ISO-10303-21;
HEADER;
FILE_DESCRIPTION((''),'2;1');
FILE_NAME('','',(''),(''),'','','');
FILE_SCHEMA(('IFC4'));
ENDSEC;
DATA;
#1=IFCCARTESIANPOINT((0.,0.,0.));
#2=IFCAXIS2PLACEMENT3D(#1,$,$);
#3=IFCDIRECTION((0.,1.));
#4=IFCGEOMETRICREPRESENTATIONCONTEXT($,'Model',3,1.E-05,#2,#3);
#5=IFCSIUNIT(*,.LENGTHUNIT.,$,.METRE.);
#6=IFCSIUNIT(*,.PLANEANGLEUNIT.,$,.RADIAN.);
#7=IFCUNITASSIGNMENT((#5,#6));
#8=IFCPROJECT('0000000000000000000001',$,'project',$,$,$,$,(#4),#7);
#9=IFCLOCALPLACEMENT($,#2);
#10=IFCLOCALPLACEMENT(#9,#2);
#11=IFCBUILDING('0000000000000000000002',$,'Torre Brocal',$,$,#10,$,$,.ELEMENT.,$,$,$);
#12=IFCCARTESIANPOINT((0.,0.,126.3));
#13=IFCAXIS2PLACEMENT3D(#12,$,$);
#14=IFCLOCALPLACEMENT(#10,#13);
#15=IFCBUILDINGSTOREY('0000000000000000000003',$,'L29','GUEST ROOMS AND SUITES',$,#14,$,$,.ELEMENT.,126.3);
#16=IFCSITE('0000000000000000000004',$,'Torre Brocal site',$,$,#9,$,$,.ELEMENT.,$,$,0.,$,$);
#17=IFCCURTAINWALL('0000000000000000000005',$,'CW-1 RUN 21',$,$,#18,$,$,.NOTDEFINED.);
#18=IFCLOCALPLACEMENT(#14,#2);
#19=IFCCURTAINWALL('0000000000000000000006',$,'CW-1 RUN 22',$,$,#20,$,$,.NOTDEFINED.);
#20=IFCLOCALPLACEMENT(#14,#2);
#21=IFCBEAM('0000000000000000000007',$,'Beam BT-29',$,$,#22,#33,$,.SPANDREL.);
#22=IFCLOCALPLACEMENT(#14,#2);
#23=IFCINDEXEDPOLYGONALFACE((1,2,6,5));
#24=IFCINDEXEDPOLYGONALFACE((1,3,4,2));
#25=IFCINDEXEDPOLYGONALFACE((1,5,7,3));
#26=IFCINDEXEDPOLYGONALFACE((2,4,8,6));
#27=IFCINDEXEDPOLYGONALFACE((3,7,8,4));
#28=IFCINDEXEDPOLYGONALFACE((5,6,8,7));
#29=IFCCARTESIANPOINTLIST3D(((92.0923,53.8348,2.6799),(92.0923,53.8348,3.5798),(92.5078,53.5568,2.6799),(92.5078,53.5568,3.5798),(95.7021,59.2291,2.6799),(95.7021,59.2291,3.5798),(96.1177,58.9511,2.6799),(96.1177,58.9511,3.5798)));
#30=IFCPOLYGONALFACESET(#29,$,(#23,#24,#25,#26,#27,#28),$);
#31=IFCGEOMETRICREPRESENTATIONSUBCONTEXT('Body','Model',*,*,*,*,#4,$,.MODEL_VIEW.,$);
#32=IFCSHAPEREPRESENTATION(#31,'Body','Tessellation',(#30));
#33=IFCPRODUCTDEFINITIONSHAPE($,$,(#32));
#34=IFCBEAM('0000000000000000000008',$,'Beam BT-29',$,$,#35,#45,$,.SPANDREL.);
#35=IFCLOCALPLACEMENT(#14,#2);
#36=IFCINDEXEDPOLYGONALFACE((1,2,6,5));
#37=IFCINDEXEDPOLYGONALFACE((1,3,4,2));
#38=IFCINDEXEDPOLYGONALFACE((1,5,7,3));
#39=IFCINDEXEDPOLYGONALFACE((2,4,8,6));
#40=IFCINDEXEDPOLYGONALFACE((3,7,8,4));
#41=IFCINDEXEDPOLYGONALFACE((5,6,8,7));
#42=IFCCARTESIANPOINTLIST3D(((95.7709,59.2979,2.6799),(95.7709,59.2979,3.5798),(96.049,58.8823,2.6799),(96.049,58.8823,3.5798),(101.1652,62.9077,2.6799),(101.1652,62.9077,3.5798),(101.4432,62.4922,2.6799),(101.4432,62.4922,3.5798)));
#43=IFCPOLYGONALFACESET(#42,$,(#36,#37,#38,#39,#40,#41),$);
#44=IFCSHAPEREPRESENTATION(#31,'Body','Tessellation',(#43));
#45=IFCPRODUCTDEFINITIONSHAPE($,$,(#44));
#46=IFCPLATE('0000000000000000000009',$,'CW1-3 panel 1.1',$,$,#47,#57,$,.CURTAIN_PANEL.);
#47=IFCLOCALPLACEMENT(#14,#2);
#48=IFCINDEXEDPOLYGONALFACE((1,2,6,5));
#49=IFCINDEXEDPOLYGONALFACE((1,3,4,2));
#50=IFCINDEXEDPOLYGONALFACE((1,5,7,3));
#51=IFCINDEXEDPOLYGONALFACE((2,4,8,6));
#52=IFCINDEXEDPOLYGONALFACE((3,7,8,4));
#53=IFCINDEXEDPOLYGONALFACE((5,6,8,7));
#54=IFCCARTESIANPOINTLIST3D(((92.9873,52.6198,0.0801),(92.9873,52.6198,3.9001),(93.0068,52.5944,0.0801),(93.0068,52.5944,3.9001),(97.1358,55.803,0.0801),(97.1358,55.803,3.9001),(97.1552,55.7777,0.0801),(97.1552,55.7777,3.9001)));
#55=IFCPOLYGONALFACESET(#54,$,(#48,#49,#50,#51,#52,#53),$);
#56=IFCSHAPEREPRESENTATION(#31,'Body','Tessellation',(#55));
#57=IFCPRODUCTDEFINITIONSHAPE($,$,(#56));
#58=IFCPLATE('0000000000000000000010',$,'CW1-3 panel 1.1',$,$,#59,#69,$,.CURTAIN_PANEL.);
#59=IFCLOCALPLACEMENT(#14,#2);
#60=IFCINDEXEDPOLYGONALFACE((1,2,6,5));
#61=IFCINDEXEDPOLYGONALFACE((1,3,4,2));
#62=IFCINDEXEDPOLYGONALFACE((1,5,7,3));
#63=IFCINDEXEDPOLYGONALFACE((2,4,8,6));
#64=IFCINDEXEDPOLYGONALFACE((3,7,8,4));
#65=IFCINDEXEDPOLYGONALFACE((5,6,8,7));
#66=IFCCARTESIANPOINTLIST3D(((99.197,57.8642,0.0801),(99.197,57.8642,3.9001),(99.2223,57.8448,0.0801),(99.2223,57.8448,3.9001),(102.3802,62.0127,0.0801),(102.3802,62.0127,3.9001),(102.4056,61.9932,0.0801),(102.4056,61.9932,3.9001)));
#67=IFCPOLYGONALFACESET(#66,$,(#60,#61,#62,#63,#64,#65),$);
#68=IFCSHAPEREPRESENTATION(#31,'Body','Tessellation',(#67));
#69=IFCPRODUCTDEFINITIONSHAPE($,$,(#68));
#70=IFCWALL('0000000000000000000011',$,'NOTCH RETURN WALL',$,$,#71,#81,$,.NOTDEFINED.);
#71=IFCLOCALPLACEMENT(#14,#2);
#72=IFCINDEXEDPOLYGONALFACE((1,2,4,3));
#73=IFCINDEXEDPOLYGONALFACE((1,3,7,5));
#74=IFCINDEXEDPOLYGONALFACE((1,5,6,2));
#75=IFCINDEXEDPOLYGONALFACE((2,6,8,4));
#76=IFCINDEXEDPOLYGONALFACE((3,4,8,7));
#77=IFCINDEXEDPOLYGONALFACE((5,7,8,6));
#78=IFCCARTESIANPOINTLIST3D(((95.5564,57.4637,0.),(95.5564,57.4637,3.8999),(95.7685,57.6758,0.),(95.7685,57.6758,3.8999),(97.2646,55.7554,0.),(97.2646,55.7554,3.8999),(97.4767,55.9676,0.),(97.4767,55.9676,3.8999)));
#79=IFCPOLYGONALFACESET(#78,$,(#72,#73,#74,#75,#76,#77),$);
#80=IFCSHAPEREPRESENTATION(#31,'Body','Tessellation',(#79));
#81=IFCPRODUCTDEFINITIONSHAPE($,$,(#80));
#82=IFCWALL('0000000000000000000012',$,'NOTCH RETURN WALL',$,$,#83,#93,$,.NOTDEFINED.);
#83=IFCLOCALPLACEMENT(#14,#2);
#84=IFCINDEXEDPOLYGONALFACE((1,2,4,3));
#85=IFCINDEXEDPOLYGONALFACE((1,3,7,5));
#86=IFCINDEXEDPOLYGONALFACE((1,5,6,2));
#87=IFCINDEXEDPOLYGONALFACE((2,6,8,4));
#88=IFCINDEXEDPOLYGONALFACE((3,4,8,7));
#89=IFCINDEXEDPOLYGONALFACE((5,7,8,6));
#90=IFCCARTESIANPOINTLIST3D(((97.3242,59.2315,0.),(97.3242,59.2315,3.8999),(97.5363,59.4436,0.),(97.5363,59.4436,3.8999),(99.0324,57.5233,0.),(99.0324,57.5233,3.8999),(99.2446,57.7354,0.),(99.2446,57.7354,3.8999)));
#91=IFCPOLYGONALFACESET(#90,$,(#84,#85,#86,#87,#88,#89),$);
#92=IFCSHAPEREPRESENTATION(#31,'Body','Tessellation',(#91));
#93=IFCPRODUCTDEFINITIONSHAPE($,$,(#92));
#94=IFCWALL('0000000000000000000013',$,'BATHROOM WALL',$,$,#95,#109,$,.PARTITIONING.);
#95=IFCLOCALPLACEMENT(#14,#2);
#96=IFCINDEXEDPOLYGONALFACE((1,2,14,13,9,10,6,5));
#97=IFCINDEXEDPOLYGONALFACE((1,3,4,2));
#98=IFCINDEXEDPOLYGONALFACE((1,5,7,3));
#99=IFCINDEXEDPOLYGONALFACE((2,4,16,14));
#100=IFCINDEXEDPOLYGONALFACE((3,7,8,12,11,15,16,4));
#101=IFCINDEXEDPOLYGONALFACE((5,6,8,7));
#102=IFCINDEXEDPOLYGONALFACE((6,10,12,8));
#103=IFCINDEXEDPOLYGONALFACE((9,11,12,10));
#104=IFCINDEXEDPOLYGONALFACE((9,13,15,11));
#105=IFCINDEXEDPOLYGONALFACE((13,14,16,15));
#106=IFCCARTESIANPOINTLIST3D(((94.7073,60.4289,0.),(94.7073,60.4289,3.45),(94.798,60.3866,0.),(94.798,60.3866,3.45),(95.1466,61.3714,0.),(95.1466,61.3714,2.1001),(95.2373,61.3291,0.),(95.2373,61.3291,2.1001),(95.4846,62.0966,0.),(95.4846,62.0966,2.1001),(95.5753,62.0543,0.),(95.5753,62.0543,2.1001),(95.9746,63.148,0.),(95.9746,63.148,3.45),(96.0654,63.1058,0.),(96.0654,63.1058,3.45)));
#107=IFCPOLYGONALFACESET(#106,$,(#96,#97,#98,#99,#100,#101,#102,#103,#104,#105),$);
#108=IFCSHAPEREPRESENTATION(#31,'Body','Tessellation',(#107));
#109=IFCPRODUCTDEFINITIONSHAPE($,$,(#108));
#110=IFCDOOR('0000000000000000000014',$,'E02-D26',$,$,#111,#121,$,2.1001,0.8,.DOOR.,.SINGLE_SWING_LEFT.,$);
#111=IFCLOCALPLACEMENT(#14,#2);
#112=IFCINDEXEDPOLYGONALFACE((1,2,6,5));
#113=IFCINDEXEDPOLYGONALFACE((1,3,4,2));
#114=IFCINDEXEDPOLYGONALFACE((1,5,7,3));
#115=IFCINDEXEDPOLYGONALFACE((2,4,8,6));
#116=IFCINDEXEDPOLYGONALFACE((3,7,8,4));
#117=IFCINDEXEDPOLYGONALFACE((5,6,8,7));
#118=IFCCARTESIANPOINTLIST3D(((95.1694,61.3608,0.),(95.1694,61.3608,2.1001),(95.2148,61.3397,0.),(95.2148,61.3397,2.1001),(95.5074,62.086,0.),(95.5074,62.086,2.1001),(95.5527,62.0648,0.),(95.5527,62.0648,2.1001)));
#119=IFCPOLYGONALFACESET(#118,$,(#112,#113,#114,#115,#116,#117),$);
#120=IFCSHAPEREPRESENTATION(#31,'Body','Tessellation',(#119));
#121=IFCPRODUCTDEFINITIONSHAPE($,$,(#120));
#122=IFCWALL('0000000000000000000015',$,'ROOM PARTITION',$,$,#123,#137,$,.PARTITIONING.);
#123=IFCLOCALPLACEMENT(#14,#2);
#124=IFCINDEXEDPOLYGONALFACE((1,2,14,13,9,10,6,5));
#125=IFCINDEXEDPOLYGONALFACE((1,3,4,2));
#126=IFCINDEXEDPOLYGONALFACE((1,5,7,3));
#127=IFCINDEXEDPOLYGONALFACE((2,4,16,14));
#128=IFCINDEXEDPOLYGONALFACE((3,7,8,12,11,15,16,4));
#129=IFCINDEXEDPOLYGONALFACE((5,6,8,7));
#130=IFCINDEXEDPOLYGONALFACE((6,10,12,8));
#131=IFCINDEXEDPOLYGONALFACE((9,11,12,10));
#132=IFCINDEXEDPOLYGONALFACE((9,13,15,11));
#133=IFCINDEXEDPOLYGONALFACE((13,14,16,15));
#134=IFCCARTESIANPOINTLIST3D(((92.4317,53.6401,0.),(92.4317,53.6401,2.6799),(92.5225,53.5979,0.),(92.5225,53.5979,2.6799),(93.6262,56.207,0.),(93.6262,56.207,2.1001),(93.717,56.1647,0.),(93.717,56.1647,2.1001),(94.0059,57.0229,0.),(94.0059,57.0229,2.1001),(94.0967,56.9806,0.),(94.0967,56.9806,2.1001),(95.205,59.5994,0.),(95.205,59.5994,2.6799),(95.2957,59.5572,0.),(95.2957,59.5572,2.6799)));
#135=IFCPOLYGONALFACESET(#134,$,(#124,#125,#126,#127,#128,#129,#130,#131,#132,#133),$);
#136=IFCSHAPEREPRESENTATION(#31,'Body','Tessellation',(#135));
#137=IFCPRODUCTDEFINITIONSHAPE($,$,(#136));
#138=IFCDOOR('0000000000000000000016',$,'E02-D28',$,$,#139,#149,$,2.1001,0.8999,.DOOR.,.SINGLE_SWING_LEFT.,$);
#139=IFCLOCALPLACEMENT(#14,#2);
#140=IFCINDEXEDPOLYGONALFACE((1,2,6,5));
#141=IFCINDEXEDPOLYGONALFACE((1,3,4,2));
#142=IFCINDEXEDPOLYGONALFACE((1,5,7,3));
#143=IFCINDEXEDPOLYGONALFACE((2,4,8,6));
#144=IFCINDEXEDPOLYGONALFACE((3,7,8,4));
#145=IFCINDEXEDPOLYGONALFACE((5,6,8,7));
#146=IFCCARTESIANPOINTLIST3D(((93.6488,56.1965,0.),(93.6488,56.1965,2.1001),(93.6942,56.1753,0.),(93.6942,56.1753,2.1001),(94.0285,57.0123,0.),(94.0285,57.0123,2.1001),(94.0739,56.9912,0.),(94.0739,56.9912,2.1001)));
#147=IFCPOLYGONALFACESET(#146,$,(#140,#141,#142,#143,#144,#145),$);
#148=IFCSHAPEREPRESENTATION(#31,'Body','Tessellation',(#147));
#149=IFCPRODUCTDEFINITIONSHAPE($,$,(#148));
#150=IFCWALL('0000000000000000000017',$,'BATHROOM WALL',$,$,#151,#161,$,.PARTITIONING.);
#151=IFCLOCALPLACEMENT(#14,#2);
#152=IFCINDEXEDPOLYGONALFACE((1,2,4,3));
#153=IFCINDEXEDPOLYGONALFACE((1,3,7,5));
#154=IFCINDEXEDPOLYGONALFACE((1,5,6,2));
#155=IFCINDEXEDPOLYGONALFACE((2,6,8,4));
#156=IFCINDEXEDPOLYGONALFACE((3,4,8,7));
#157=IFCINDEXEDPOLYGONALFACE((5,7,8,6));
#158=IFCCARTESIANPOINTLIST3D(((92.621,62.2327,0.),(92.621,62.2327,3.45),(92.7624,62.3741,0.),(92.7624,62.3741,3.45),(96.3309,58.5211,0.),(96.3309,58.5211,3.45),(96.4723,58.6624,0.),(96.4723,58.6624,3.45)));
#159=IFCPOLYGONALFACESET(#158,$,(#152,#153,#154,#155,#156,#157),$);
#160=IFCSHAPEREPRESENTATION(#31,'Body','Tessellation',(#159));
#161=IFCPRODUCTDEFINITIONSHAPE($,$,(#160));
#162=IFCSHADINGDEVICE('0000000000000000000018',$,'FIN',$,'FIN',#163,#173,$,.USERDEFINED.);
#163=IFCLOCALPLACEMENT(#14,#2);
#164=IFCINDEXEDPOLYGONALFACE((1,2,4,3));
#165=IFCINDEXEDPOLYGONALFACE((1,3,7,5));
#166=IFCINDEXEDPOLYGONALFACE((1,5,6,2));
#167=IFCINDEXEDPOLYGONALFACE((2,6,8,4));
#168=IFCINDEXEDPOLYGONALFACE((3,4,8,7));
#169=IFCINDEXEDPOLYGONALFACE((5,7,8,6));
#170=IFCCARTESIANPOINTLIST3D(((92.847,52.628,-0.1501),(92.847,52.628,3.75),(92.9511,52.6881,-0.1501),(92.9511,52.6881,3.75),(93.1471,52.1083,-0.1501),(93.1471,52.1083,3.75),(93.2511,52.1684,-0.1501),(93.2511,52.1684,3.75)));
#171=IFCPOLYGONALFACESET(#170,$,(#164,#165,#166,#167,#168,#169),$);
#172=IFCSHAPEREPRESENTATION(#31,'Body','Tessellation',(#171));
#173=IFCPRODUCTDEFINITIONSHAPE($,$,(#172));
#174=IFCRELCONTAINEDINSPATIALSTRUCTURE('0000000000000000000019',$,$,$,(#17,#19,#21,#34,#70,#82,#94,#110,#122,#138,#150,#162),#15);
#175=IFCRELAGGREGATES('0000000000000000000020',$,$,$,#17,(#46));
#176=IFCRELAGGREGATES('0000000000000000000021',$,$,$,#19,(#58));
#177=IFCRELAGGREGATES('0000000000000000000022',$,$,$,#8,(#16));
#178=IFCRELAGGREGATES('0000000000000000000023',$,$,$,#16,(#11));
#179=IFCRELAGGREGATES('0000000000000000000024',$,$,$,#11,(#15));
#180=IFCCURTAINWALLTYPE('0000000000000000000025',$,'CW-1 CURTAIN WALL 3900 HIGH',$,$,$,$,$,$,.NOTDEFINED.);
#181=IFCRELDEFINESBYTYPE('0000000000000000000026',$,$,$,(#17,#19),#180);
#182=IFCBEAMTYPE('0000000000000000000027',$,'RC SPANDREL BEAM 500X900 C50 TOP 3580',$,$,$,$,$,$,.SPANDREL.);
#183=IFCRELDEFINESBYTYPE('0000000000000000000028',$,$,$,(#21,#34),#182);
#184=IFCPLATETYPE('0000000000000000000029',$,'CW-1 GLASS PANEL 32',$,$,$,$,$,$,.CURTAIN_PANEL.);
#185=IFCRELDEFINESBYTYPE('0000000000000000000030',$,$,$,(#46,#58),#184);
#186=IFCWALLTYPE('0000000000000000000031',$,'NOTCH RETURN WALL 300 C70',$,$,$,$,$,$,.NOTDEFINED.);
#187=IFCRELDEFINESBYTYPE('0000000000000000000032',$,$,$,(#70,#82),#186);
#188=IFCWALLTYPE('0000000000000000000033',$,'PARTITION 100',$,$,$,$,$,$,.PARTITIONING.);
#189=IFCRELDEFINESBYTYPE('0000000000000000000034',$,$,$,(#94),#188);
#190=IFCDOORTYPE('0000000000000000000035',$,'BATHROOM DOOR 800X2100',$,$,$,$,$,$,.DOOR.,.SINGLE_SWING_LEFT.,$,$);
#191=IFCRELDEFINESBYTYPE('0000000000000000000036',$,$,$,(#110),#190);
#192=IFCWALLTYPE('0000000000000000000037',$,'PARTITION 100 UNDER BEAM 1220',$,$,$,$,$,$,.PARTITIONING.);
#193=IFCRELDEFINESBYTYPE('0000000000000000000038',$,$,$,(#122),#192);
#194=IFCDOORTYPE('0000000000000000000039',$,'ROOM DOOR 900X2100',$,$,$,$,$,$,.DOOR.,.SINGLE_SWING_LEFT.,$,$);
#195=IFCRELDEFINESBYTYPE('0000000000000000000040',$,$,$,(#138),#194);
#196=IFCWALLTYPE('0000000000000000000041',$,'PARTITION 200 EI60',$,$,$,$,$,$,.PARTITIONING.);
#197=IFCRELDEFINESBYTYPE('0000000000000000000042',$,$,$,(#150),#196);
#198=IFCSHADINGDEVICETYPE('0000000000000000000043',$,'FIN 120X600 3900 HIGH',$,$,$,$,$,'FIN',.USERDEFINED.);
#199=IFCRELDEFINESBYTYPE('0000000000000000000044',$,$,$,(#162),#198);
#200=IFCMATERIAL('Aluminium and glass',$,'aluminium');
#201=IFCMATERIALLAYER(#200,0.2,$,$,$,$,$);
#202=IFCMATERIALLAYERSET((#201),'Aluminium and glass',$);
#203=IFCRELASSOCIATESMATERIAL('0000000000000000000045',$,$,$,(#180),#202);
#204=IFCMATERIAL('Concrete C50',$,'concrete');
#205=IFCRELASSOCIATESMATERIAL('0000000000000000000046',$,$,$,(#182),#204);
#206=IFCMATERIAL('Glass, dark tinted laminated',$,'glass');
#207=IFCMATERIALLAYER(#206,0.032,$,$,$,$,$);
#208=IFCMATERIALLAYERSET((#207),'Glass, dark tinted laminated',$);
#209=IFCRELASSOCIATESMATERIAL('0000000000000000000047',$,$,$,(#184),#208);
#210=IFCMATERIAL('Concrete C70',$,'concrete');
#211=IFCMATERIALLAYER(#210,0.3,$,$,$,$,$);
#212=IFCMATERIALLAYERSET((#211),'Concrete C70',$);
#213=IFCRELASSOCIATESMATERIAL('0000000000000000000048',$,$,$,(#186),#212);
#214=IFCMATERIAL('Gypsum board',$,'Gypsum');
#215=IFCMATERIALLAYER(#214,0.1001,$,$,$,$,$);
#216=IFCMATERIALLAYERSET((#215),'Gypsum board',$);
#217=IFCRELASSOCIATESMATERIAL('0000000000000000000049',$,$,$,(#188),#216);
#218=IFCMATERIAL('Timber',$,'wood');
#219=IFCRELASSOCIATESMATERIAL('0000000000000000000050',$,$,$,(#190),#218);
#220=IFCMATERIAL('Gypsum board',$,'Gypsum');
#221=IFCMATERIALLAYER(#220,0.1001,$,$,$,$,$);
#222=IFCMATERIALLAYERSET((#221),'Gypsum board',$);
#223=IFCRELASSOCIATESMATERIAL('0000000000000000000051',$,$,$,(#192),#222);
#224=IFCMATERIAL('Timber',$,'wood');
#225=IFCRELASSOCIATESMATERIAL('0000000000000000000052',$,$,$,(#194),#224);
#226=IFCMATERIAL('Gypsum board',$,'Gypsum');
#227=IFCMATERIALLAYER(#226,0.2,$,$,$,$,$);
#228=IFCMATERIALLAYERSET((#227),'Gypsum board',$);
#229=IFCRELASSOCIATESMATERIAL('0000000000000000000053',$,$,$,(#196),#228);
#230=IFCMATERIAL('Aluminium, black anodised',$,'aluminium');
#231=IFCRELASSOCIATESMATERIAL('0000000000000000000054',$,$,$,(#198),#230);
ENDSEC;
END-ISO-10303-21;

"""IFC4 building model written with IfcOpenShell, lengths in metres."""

from ifc_helpers import new_model, si_unit, direction, frame, frame_2d, origin, origin_2d, place, context, subcontext, project, spatial, rectangle, extrude, material, layer, layer_set, material_profile, profile_set, type_object, element, fill, aggregate, save


model = new_model("IFC4")

# Units and contexts
model_context = context("Model", 3, precision=1e-05, world=origin(), true_north=direction((0.0, 1.0)))
body_context = subcontext(model_context, "Body", "Model", "MODEL_VIEW")
ifc_project = project(units=[si_unit("LENGTHUNIT", "METRE"), si_unit("PLANEANGLEUNIT", "RADIAN")], contexts=[model_context])

# Site, building, storey
site_placement = place(None, origin())
site = spatial("IfcSite", under=ifc_project, at=site_placement, Name="Torre Brocal site", CompositionType="ELEMENT", RefElevation=0.0)
building_placement = place(site_placement, origin())
building = spatial("IfcBuilding", under=site, at=building_placement, Name="Torre Brocal", CompositionType="ELEMENT")
storey_placement = place(building_placement, frame((0.0, 0.0, 126.3)))
storey = spatial("IfcBuildingStorey", under=building, at=storey_placement, Name="L29", Description="GUEST ROOMS AND SUITES", CompositionType="ELEMENT", Elevation=126.3)

# Shared definitions
ifc_material_1 = material(Name="Aluminium and glass", Category="aluminium")
ifc_layer_1 = layer(ifc_material_1, 0.2)
ifc_layer_set_1 = layer_set([ifc_layer_1], Name="Aluminium and glass")
curtain_wall_type = type_object("IfcCurtainWallType", Name="CW-1 CURTAIN WALL 3900 HIGH", PredefinedType="NOTDEFINED", material=ifc_layer_set_1)

# Curtain walls
curtain_wall_1_placement = place(storey_placement, origin())
curtain_wall_1 = element("IfcCurtainWall", 1, at=curtain_wall_1_placement, inside=storey, type_object=curtain_wall_type, Name="CW-1 RUN 21", PredefinedType="NOTDEFINED")
curtain_wall_2_placement = place(storey_placement, origin())
curtain_wall_2 = element("IfcCurtainWall", 2, at=curtain_wall_2_placement, inside=storey, type_object=curtain_wall_type, Name="CW-1 RUN 22", PredefinedType="NOTDEFINED")

# Beams
ifc_material_2 = material(Name="Concrete C50", Category="concrete")
ifc_material_profile_1 = material_profile(ifc_material_2, rectangle(XDim=0.5, YDim=0.8999, at=origin_2d()), Name="RC 500X900")
ifc_profile_set_1 = profile_set([ifc_material_profile_1], Name="Concrete C50")
beam_type_1 = type_object("IfcBeamType", Name="RC SPANDREL BEAM 500X900 C50 TOP 3580", PredefinedType="SPANDREL", material=ifc_profile_set_1)
for number, where, z_axis, x_axis, name in (
    (3, (92.3, 53.6958, 3.1299), (0.556158, 0.831077, 0.0), (-0.831077, 0.556158, 0.0), "Beam BT-29"),
    (4, (95.9099, 59.0901, 3.1299), (0.831077, 0.556158, 0.0), (-0.556158, 0.831077, 0.0), "Beam BT-29"),
):
    element("IfcBeam", number, at=place(storey_placement, frame(where, z_axis=z_axis, x_axis=x_axis)), inside=storey, type_object=beam_type_1, Name=name, PredefinedType="SPANDREL", context=body_context, shape_type="SweptSolid", body=[
        extrude(rectangle(XDim=0.5, YDim=0.8999, at=origin_2d()), origin(), (0.0, 0.0, 1.0), 6.4907),
    ])

# Plates
ifc_material_3 = material(Name="Glass, dark tinted laminated", Category="glass")
ifc_layer_2 = layer(ifc_material_3, 0.032)
ifc_layer_set_2 = layer_set([ifc_layer_2], Name="Glass, dark tinted laminated")
plate_type = type_object("IfcPlateType", Name="CW-1 GLASS PANEL 32", PredefinedType="CURTAIN_PANEL", material=ifc_layer_set_2)
plate_1_placement = place(storey_placement, frame((95.0713, 54.1987, 0.0801), z_axis=(0.0, 0.0, 1.0), x_axis=(0.793353, 0.608761, 0.0)))
plate_1 = element("IfcPlate", 5, at=plate_1_placement, type_object=plate_type, Name="CW1-3 panel 1.1", PredefinedType="CURTAIN_PANEL", context=body_context, shape_type="SweptSolid", body=[
    extrude(rectangle(XDim=5.229, YDim=0.032, at=origin_2d()), origin(), (0.0, 0.0, 1.0), 3.8201),
])
aggregate(curtain_wall_1, [plate_1])
plate_2_placement = place(storey_placement, frame((100.8013, 59.9287, 0.0801), z_axis=(0.0, 0.0, 1.0), x_axis=(0.608761, 0.793353, 0.0)))
plate_2 = element("IfcPlate", 6, at=plate_2_placement, type_object=plate_type, Name="CW1-3 panel 1.1", PredefinedType="CURTAIN_PANEL", context=body_context, shape_type="SweptSolid", body=[
    extrude(rectangle(XDim=5.229, YDim=0.032, at=origin_2d()), origin(), (0.0, 0.0, 1.0), 3.8201),
])
aggregate(curtain_wall_2, [plate_2])

# Walls
ifc_material_4 = material(Name="Concrete C70", Category="concrete")
ifc_layer_3 = layer(ifc_material_4, 0.3)
ifc_layer_set_3 = layer_set([ifc_layer_3], Name="Concrete C70")
wall_type_1 = type_object("IfcWallType", Name="NOTCH RETURN WALL 300 C70", PredefinedType="NOTDEFINED", material=ifc_layer_set_3)
for number, where, z_axis, x_axis, name in (
    (7, (95.6624, 57.5698, 0.0), (0.0, 0.0, 1.0), (0.707107, -0.707107, 0.0), "NOTCH RETURN WALL"),
    (8, (97.4302, 59.3376, 0.0), (0.0, 0.0, 1.0), (0.707107, -0.707107, 0.0), "NOTCH RETURN WALL"),
):
    element("IfcWall", number, at=place(storey_placement, frame(where, z_axis=z_axis, x_axis=x_axis)), inside=storey, type_object=wall_type_1, Name=name, PredefinedType="NOTDEFINED", context=body_context, shape_type="SweptSolid", body=[
        extrude(rectangle(XDim=2.4158, YDim=0.3, at=frame_2d((1.208, 0.0))), origin(), (0.0, 0.0, 1.0), 3.8999),
    ])

# Walls, openings, doors
ifc_material_5 = material(Name="Gypsum board", Category="Gypsum")
ifc_layer_4 = layer(ifc_material_5, 0.1001)
ifc_layer_set_4 = layer_set([ifc_layer_4], Name="Gypsum board")
wall_type_2 = type_object("IfcWallType", Name="PARTITION 100", PredefinedType="PARTITIONING", material=ifc_layer_set_4)
wall_1_placement = place(storey_placement, frame((94.7527, 60.4077, 0.0), z_axis=(0.0, 0.0, 1.0), x_axis=(0.422435, 0.906393, 0.0)))
wall_1 = element("IfcWall", 9, at=wall_1_placement, inside=storey, type_object=wall_type_2, Name="BATHROOM WALL", PredefinedType="PARTITIONING", context=body_context, shape_type="SweptSolid", body=[
    extrude(rectangle(XDim=3.0, YDim=0.1001, at=frame_2d((1.5, 0.0))), origin(), (0.0, 0.0, 1.0), 3.45),
])
opening_1_placement = place(wall_1_placement, frame((1.04, 0.0, 0.0)))
opening_1 = element("IfcOpeningElement", 10, at=opening_1_placement, cuts=wall_1, PredefinedType="OPENING", context=body_context, shape_type="SweptSolid", body=[
    extrude(rectangle(XDim=0.8, YDim=2.1001, at=frame_2d((0.3999, 1.05))), frame((0.0, 0.0601, 0.0), z_axis=(0.0, -1.0, 0.0), x_axis=(1.0, 0.0, 0.0)), (0.0, 0.0, 1.0), 0.1201),
])
ifc_material_6 = material(Name="Timber", Category="wood")
door_type_1 = type_object("IfcDoorType", Name="BATHROOM DOOR 800X2100", OperationType="SINGLE_SWING_LEFT", PredefinedType="DOOR", material=ifc_material_6)
door_1_placement = place(opening_1_placement, origin())
door_1 = element("IfcDoor", 11, at=door_1_placement, inside=storey, type_object=door_type_1, Name="E02-D26", OperationType="SINGLE_SWING_LEFT", OverallHeight=2.1001, OverallWidth=0.8, PredefinedType="DOOR", context=body_context, shape_type="SweptSolid", body=[
    extrude(rectangle(XDim=0.8, YDim=2.1001, at=frame_2d((0.3999, 1.05))), frame((0.0, 0.0249, 0.0), z_axis=(0.0, -1.0, 0.0), x_axis=(1.0, 0.0, 0.0)), (0.0, 0.0, 1.0), 0.05),
])
fill(opening_1, door_1)
ifc_material_7 = material(Name="Gypsum board", Category="Gypsum")
ifc_layer_5 = layer(ifc_material_7, 0.1001)
ifc_layer_set_5 = layer_set([ifc_layer_5], Name="Gypsum board")
wall_type_3 = type_object("IfcWallType", Name="PARTITION 100 UNDER BEAM 1220", PredefinedType="PARTITIONING", material=ifc_layer_set_5)
wall_2_placement = place(storey_placement, frame((92.4771, 53.6189, 0.0), z_axis=(0.0, 0.0, 1.0), x_axis=(0.421913, 0.906636, 0.0)))
wall_2 = element("IfcWall", 12, at=wall_2_placement, inside=storey, type_object=wall_type_3, Name="ROOM PARTITION", PredefinedType="PARTITIONING", context=body_context, shape_type="SweptSolid", body=[
    extrude(rectangle(XDim=6.573, YDim=0.1001, at=frame_2d((3.2866, 0.0))), origin(), (0.0, 0.0, 1.0), 2.6799),
])
opening_2_placement = place(wall_2_placement, frame((2.8313, 0.0, 0.0)))
opening_2 = element("IfcOpeningElement", 13, at=opening_2_placement, cuts=wall_2, PredefinedType="OPENING", context=body_context, shape_type="SweptSolid", body=[
    extrude(rectangle(XDim=0.8999, YDim=2.1001, at=frame_2d((0.45, 1.05))), frame((0.0, 0.0601, 0.0), z_axis=(0.0, -1.0, 0.0), x_axis=(1.0, 0.0, 0.0)), (0.0, 0.0, 1.0), 0.1201),
])
ifc_material_8 = material(Name="Timber", Category="wood")
door_type_2 = type_object("IfcDoorType", Name="ROOM DOOR 900X2100", OperationType="SINGLE_SWING_LEFT", PredefinedType="DOOR", material=ifc_material_8)
door_2_placement = place(opening_2_placement, frame((0.8999, 0.0, 0.0), z_axis=(0.0, 0.0, 1.0), x_axis=(-1.0, 0.0, 0.0)))
door_2 = element("IfcDoor", 14, at=door_2_placement, inside=storey, type_object=door_type_2, Name="E02-D28", OperationType="SINGLE_SWING_LEFT", OverallHeight=2.1001, OverallWidth=0.8999, PredefinedType="DOOR", context=body_context, shape_type="SweptSolid", body=[
    extrude(rectangle(XDim=0.8999, YDim=2.1001, at=frame_2d((0.45, 1.05))), frame((0.0, 0.0249, 0.0), z_axis=(0.0, -1.0, 0.0), x_axis=(1.0, 0.0, 0.0)), (0.0, 0.0, 1.0), 0.05),
])
fill(opening_2, door_2)

# Wall
ifc_material_9 = material(Name="Gypsum board", Category="Gypsum")
ifc_layer_6 = layer(ifc_material_9, 0.2)
ifc_layer_set_6 = layer_set([ifc_layer_6], Name="Gypsum board")
wall_type_4 = type_object("IfcWallType", Name="PARTITION 200 EI60", PredefinedType="PARTITIONING", material=ifc_layer_set_6)
wall_3_placement = place(storey_placement, frame((92.6917, 62.3035, 0.0), z_axis=(0.0, 0.0, 1.0), x_axis=(0.706944, -0.70727, 0.0)))
element("IfcWall", 15, at=wall_3_placement, inside=storey, type_object=wall_type_4, Name="BATHROOM WALL", PredefinedType="PARTITIONING", context=body_context, shape_type="SweptSolid", body=[
    extrude(rectangle(XDim=5.2478, YDim=0.2, at=frame_2d((2.624, 0.0))), origin(), (0.0, 0.0, 1.0), 3.45),
])

# Shading device
ifc_material_10 = material(Name="Aluminium, black anodised", Category="aluminium")
ifc_material_profile_2 = material_profile(ifc_material_10, rectangle(XDim=0.1201, YDim=0.6001, at=origin_2d()), Name="FIN 120X600 3900 HIGH")
ifc_profile_set_2 = profile_set([ifc_material_profile_2], Name="Aluminium, black anodised")
shading_device_type = type_object("IfcShadingDeviceType", Name="FIN 120X600 3900 HIGH", ElementType="FIN", PredefinedType="USERDEFINED", material=ifc_profile_set_2)
for number, where, z_axis, x_axis, name in (
    (16, (93.0491, 52.3982, -0.1501), (0.0, 0.0, 1.0), (0.866025, 0.5, 0.0), "FIN"),
):
    element("IfcShadingDevice", number, at=place(storey_placement, frame(where, z_axis=z_axis, x_axis=x_axis)), inside=storey, type_object=shading_device_type, Name=name, ObjectType="FIN", PredefinedType="USERDEFINED", context=body_context, shape_type="SweptSolid", body=[
        extrude(rectangle(XDim=0.1201, YDim=0.6001, at=origin_2d()), origin(), (0.0, 0.0, 1.0), 3.9001),
    ])

save(model, "model.ifc")
